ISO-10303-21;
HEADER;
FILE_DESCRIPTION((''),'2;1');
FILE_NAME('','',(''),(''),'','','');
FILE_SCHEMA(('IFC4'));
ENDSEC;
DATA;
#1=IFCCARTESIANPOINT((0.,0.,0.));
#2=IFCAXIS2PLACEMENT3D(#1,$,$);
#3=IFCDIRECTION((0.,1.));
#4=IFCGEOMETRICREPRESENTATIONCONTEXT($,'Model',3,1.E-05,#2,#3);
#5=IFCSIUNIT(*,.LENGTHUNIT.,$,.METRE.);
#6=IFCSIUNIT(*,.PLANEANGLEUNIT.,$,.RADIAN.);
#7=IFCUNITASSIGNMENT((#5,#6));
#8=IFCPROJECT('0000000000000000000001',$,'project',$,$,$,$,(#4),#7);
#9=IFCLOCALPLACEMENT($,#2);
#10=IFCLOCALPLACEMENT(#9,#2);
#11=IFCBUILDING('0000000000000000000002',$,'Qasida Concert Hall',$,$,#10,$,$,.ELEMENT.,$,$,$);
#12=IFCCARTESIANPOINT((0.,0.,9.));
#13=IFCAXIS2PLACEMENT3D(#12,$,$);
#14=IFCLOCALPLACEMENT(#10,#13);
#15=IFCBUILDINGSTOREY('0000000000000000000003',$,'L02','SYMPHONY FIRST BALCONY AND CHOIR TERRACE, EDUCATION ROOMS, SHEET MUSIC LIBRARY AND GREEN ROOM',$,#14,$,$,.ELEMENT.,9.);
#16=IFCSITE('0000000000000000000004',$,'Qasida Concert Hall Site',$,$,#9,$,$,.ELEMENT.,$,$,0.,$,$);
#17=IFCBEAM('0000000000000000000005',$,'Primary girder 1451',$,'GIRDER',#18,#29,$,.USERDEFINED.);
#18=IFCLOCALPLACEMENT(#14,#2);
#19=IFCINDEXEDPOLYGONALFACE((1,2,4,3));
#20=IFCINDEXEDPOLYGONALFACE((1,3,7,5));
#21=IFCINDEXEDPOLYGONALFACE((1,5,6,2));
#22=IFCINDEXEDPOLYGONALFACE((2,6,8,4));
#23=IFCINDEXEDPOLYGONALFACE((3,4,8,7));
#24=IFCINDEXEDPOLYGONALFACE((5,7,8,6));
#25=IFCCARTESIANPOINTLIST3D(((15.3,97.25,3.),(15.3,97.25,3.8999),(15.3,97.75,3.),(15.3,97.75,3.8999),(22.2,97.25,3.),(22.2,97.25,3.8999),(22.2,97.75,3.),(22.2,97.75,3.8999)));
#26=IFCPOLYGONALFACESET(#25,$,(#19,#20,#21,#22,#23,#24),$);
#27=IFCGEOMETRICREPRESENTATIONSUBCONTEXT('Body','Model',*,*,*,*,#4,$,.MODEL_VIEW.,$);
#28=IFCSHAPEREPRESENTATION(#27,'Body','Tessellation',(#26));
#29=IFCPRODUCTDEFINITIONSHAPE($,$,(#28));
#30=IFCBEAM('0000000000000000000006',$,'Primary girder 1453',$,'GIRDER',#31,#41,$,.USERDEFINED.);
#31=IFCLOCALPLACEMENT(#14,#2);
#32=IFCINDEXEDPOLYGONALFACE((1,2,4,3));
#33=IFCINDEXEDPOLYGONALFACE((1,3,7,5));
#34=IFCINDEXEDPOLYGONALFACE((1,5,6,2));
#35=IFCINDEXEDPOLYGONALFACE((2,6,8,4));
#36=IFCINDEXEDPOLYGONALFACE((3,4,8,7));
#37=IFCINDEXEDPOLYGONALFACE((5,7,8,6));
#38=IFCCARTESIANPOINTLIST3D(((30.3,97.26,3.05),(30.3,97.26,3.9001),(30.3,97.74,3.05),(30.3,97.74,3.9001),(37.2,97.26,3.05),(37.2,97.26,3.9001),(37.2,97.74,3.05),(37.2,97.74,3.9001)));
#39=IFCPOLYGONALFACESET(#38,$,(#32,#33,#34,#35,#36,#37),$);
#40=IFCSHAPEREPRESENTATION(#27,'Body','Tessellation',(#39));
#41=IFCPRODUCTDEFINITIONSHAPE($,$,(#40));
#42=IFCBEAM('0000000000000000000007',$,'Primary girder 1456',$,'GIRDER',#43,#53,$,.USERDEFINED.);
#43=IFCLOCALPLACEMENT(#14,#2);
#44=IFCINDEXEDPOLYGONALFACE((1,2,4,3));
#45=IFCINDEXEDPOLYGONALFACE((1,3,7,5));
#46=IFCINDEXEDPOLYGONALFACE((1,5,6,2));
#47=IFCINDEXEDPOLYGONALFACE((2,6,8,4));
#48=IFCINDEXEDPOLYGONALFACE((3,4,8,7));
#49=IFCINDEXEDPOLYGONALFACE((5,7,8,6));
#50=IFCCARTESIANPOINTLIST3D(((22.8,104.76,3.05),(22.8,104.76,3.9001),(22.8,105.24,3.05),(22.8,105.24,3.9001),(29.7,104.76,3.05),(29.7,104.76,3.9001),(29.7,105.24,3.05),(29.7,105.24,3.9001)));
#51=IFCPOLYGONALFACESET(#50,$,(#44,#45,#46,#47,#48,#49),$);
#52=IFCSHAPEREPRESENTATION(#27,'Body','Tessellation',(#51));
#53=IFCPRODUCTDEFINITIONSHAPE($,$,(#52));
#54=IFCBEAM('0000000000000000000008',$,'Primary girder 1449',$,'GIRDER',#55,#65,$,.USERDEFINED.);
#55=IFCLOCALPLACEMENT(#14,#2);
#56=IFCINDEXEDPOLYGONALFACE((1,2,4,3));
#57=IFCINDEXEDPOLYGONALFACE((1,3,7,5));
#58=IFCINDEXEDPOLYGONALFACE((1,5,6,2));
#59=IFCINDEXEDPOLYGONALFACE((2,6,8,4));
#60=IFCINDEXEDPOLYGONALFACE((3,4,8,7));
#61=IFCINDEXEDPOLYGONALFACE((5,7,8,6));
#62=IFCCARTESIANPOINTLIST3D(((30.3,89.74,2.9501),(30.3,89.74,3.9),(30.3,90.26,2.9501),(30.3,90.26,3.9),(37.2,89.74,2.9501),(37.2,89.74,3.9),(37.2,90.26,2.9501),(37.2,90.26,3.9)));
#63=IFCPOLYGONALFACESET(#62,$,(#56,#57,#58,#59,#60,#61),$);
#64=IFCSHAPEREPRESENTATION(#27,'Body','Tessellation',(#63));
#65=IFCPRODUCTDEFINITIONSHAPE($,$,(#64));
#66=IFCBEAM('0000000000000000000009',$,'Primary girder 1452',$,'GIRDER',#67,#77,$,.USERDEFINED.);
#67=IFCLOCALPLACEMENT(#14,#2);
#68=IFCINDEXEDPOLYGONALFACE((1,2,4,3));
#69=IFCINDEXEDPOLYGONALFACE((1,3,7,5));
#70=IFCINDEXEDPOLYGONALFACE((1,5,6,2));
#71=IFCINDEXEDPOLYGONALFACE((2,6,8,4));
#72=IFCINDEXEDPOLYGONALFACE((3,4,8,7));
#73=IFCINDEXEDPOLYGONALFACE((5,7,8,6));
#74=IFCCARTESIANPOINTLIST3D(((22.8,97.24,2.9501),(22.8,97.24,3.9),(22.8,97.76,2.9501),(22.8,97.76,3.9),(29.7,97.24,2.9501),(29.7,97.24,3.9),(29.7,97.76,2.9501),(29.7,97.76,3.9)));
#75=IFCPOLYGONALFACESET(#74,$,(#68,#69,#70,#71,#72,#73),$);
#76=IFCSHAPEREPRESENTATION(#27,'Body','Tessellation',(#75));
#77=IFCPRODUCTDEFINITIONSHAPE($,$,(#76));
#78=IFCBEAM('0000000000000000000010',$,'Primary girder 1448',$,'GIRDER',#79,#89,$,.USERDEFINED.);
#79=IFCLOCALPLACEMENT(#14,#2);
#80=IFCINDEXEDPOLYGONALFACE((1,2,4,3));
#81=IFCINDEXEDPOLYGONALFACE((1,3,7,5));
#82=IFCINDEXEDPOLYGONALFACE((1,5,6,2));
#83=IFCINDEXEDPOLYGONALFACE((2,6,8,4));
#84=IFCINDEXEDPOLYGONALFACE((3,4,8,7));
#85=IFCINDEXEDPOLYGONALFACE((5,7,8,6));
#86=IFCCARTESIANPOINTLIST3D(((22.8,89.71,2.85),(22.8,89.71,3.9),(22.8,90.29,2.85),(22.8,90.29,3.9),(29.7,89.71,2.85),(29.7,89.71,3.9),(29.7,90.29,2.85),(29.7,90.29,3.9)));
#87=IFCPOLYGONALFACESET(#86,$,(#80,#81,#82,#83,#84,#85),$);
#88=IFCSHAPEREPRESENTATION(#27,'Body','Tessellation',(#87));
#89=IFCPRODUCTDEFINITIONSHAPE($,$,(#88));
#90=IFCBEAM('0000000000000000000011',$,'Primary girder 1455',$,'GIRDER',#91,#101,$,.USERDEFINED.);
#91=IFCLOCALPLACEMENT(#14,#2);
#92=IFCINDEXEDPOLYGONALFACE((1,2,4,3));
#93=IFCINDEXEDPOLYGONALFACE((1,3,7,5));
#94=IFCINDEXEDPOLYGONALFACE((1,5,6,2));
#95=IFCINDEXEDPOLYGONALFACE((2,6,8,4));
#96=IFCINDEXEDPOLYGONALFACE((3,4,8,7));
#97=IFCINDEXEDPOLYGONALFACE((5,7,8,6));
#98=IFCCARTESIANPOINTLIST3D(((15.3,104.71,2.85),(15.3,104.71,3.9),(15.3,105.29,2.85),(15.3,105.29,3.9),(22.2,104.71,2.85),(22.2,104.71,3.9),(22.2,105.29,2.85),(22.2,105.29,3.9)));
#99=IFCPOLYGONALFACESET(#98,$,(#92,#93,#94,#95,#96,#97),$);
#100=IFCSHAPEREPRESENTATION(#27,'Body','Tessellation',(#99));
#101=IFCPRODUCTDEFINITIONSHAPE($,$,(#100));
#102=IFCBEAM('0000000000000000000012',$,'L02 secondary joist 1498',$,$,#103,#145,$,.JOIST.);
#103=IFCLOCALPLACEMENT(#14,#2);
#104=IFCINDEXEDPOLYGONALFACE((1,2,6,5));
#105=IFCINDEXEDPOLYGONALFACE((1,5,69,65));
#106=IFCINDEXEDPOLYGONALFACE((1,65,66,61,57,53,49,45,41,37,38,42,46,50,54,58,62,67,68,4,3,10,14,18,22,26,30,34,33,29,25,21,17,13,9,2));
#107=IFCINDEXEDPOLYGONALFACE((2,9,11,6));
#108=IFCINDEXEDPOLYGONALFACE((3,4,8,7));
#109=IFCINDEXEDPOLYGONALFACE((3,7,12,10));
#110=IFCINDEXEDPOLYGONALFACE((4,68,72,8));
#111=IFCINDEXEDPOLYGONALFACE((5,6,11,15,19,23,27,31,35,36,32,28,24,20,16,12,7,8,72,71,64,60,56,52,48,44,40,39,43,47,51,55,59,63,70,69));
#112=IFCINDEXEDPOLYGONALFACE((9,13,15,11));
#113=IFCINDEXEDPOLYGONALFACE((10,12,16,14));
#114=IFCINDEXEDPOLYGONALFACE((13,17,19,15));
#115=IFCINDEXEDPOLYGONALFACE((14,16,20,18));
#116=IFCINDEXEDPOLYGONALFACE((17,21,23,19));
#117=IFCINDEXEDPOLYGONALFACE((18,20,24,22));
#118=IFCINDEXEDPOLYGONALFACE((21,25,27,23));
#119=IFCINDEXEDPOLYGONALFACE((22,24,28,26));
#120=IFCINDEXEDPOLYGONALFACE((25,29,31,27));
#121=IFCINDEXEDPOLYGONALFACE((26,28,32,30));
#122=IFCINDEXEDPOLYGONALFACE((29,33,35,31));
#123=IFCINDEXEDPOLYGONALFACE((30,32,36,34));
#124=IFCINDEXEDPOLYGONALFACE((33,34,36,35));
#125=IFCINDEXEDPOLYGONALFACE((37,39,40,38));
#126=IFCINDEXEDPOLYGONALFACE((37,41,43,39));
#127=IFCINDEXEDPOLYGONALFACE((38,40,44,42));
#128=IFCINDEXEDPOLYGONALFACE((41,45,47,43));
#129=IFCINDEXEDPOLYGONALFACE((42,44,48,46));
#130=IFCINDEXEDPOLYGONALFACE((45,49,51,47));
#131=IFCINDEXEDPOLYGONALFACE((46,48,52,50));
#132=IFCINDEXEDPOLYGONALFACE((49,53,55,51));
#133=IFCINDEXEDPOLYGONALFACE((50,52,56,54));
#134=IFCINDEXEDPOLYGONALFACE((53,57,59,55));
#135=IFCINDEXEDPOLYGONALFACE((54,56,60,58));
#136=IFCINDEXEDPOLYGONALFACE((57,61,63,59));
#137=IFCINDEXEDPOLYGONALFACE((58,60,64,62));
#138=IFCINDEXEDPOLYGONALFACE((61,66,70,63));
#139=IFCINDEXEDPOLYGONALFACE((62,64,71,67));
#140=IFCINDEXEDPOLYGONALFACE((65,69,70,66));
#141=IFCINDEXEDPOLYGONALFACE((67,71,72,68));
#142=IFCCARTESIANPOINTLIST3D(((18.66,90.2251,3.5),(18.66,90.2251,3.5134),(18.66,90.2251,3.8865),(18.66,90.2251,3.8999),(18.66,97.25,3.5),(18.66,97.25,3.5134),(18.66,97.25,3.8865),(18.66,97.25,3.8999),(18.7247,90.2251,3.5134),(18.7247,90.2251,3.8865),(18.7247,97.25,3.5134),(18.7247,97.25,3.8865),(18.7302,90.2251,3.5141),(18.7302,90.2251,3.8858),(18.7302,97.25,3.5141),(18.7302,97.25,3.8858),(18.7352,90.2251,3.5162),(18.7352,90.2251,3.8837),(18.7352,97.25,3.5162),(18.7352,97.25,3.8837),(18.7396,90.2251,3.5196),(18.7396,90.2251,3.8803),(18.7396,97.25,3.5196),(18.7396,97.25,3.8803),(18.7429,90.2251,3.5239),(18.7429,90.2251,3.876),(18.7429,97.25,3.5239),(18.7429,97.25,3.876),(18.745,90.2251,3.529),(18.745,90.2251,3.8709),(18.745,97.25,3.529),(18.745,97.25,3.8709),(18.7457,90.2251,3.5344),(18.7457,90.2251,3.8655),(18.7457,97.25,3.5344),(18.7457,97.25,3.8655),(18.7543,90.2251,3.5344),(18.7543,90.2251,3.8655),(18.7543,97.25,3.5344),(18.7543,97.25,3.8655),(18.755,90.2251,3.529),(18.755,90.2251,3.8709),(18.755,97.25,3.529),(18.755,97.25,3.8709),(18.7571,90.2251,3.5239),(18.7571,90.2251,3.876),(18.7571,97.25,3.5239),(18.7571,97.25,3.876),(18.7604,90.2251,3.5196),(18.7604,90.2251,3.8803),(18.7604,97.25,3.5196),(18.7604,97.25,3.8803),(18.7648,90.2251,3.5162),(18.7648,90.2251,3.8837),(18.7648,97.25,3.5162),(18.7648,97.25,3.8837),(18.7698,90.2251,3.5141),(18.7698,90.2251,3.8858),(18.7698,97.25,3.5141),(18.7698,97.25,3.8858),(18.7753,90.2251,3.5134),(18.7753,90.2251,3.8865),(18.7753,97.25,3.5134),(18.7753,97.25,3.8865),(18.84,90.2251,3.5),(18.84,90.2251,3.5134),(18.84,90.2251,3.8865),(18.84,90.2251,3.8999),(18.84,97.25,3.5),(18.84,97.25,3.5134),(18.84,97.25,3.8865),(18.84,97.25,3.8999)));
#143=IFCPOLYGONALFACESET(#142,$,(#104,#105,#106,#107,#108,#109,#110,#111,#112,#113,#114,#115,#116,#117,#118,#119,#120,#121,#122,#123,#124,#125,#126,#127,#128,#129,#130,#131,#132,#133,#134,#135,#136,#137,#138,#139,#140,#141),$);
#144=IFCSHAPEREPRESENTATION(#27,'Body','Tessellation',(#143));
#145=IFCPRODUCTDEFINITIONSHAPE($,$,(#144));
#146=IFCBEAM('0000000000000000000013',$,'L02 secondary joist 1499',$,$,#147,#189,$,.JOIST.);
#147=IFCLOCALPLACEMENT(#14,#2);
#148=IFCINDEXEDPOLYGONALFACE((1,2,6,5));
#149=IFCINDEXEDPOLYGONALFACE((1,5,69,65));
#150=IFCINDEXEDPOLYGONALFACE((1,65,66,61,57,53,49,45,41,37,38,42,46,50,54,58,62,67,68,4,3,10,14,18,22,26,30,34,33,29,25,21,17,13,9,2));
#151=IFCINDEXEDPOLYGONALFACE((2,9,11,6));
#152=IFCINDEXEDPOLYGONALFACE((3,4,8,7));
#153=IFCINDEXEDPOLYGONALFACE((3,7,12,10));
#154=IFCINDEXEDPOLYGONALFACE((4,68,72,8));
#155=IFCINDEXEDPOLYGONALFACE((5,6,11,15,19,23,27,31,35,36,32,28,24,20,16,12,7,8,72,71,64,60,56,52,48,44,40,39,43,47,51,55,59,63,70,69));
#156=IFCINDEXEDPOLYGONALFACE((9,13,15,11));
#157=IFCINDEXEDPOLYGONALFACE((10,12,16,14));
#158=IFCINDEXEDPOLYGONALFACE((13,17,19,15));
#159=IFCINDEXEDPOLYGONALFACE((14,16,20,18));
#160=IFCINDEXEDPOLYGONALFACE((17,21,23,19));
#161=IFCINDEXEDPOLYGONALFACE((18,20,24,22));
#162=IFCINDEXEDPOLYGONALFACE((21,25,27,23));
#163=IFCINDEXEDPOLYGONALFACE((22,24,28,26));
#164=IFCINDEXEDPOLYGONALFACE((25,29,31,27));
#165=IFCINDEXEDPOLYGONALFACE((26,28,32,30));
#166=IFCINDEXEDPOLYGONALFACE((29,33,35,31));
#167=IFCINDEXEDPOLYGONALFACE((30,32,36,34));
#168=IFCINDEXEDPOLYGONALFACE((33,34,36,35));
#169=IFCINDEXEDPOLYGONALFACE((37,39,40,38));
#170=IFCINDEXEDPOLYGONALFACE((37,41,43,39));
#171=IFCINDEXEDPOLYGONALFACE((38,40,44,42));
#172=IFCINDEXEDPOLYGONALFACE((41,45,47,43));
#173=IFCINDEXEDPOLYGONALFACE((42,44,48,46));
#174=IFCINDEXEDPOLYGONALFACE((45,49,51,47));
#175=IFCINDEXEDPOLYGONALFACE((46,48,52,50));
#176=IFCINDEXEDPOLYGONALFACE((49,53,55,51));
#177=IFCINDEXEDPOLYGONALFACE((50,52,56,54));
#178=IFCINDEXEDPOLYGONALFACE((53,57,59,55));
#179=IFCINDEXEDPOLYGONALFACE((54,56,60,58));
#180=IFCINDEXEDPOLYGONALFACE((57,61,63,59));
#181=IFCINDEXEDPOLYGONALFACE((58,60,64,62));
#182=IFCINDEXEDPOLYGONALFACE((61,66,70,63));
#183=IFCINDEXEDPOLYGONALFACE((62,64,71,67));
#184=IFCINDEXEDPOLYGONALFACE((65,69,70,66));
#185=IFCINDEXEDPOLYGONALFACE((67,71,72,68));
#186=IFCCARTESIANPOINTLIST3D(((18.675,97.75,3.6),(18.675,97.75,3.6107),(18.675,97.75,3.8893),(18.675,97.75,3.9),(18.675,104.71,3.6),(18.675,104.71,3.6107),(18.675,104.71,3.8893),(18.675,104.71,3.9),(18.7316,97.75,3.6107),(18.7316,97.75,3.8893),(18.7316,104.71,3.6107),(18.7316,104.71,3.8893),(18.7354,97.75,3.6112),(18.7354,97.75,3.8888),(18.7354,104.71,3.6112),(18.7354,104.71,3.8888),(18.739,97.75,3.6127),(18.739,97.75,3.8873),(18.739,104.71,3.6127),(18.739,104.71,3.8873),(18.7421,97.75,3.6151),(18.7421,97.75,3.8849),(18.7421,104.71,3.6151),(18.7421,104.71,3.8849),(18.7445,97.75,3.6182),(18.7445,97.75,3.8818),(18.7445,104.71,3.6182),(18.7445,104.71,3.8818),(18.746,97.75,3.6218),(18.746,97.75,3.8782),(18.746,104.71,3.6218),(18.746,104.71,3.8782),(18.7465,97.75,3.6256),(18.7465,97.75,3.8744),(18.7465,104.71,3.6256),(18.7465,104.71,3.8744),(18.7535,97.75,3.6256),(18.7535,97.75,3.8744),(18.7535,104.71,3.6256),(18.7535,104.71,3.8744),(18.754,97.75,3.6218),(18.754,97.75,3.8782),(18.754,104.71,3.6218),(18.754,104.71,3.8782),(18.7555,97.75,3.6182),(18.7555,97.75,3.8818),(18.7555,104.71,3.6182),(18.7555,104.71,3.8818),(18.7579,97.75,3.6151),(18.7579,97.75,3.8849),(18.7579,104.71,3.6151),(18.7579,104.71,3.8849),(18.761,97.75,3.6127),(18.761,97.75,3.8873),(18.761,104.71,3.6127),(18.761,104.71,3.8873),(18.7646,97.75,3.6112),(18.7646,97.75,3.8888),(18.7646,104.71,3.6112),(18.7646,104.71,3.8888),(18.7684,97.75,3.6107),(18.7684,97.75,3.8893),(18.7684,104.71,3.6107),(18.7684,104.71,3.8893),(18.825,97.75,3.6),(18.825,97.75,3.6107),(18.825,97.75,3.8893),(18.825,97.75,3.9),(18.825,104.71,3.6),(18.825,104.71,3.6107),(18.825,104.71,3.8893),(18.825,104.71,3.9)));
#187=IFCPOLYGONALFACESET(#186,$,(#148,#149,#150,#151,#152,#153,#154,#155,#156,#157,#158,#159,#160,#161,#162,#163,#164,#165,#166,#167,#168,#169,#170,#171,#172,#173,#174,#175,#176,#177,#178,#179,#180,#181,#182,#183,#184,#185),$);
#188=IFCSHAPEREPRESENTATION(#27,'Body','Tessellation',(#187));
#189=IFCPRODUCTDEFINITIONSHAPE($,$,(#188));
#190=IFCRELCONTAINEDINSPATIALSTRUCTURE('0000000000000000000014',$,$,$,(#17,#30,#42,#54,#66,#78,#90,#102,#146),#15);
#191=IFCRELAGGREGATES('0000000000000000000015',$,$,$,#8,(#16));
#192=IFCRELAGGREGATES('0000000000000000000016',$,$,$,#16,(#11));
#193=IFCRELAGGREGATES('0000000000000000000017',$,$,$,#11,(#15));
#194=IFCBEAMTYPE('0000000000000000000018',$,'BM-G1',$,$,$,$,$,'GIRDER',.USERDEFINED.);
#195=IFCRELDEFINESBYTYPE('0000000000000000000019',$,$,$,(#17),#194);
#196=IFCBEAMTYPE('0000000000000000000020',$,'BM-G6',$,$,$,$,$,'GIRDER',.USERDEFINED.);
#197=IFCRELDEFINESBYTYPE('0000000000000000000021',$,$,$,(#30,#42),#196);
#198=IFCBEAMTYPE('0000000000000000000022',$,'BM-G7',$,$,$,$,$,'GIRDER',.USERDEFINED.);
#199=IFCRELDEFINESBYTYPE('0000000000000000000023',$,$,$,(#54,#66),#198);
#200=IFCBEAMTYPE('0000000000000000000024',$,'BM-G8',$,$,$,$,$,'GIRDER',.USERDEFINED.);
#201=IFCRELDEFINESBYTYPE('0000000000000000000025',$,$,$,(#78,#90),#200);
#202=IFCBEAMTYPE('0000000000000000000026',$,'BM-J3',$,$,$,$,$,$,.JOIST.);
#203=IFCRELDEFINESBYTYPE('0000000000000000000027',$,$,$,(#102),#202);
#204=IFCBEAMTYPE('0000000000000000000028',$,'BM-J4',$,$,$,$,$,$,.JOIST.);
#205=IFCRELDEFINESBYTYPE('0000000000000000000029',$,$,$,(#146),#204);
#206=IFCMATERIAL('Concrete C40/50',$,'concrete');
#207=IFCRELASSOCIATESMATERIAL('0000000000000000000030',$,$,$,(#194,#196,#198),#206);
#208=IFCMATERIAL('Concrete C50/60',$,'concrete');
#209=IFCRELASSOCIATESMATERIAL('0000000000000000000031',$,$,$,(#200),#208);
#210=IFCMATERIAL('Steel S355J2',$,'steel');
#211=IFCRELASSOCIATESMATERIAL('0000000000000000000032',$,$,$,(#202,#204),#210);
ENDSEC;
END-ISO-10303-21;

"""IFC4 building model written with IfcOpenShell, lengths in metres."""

from ifc_helpers import new_model, si_unit, direction, frame, origin, origin_2d, place, context, subcontext, project, spatial, rectangle, i_section, extrude, material, material_profile, profile_set, type_object, element, save


model = new_model("IFC4")

# Units and contexts
model_context = context("Model", 3, precision=1e-05, world=origin(), true_north=direction((0.0, 1.0)))
body_context = subcontext(model_context, "Body", "Model", "MODEL_VIEW")
ifc_project = project(units=[si_unit("LENGTHUNIT", "METRE"), si_unit("PLANEANGLEUNIT", "RADIAN")], contexts=[model_context])

# Site, building, storey
site_placement = place(None, origin())
site = spatial("IfcSite", under=ifc_project, at=site_placement, Name="Qasida Concert Hall Site", CompositionType="ELEMENT", RefElevation=0.0)
building_placement = place(site_placement, origin())
building = spatial("IfcBuilding", under=site, at=building_placement, Name="Qasida Concert Hall", CompositionType="ELEMENT")
storey_placement = place(building_placement, frame((0.0, 0.0, 9.0)))
storey = spatial("IfcBuildingStorey", under=building, at=storey_placement, Name="L02", Description="SYMPHONY FIRST BALCONY AND CHOIR TERRACE, EDUCATION ROOMS, SHEET MUSIC LIBRARY AND GREEN ROOM", CompositionType="ELEMENT", Elevation=9.0)

# Shared definitions
ifc_material_1 = material(Name="Concrete C50/60", Category="concrete")

# Beams
ifc_material_2 = material(Name="Concrete C40/50", Category="concrete")
ifc_material_3 = material(Name="Steel S355J2", Category="steel")
ifc_material_profile_1 = material_profile(ifc_material_2, rectangle(XDim=0.5, YDim=0.8999, at=origin_2d()), Name="RC 500x900")
ifc_profile_set_1 = profile_set([ifc_material_profile_1], Name="Concrete C40/50")
beam_type_1 = type_object("IfcBeamType", Name="BM-G1", ElementType="GIRDER", PredefinedType="USERDEFINED", material=ifc_profile_set_1)
beam_1_placement = place(storey_placement, frame((15.3, 97.5, 3.45), z_axis=(1.0, 0.0, 0.0), x_axis=(0.0, 1.0, 0.0)))
element("IfcBeam", 1, at=beam_1_placement, inside=storey, type_object=beam_type_1, Name="Primary girder 1451", ObjectType="GIRDER", PredefinedType="USERDEFINED", context=body_context, shape_type="SweptSolid", body=[
    extrude(rectangle(XDim=0.5, YDim=0.8999, at=origin_2d()), origin(), (0.0, 0.0, 1.0), 6.8999),
])
ifc_material_profile_2 = material_profile(ifc_material_2, rectangle(XDim=0.48, YDim=0.8501, at=origin_2d()), Name="RC 480x850")
ifc_profile_set_2 = profile_set([ifc_material_profile_2], Name="Concrete C40/50")
beam_type_2 = type_object("IfcBeamType", Name="BM-G6", ElementType="GIRDER", PredefinedType="USERDEFINED", material=ifc_profile_set_2)
for number, where, z_axis, x_axis, name in (
    (2, (30.3, 97.5, 3.4751), (1.0, 0.0, 0.0), (0.0, 1.0, 0.0), "Primary girder 1453"),
    (3, (22.8, 105.0, 3.4751), (1.0, 0.0, 0.0), (0.0, 1.0, 0.0), "Primary girder 1456"),
):
    element("IfcBeam", number, at=place(storey_placement, frame(where, z_axis=z_axis, x_axis=x_axis)), inside=storey, type_object=beam_type_2, Name=name, ObjectType="GIRDER", PredefinedType="USERDEFINED", context=body_context, shape_type="SweptSolid", body=[
        extrude(rectangle(XDim=0.48, YDim=0.8501, at=origin_2d()), origin(), (0.0, 0.0, 1.0), 6.8999),
    ])
ifc_material_profile_3 = material_profile(ifc_material_2, rectangle(XDim=0.52, YDim=0.95, at=origin_2d()), Name="RC 520x950")
ifc_profile_set_3 = profile_set([ifc_material_profile_3], Name="Concrete C40/50")
beam_type_3 = type_object("IfcBeamType", Name="BM-G7", ElementType="GIRDER", PredefinedType="USERDEFINED", material=ifc_profile_set_3)
for number, where, z_axis, x_axis, name in (
    (4, (30.3, 90.0, 3.425), (1.0, 0.0, 0.0), (0.0, 1.0, 0.0), "Primary girder 1449"),
    (5, (22.8, 97.5, 3.425), (1.0, 0.0, 0.0), (0.0, 1.0, 0.0), "Primary girder 1452"),
):
    element("IfcBeam", number, at=place(storey_placement, frame(where, z_axis=z_axis, x_axis=x_axis)), inside=storey, type_object=beam_type_3, Name=name, ObjectType="GIRDER", PredefinedType="USERDEFINED", context=body_context, shape_type="SweptSolid", body=[
        extrude(rectangle(XDim=0.52, YDim=0.95, at=origin_2d()), origin(), (0.0, 0.0, 1.0), 6.8999),
    ])
ifc_material_profile_4 = material_profile(ifc_material_1, rectangle(XDim=0.5801, YDim=1.05, at=origin_2d()), Name="RC 580x1050")
ifc_profile_set_4 = profile_set([ifc_material_profile_4], Name="Concrete C50/60")
beam_type_4 = type_object("IfcBeamType", Name="BM-G8", ElementType="GIRDER", PredefinedType="USERDEFINED", material=ifc_profile_set_4)
for number, where, z_axis, x_axis, name in (
    (6, (22.8, 90.0, 3.375), (1.0, 0.0, 0.0), (0.0, 1.0, 0.0), "Primary girder 1448"),
    (7, (15.3, 105.0, 3.375), (1.0, 0.0, 0.0), (0.0, 1.0, 0.0), "Primary girder 1455"),
):
    element("IfcBeam", number, at=place(storey_placement, frame(where, z_axis=z_axis, x_axis=x_axis)), inside=storey, type_object=beam_type_4, Name=name, ObjectType="GIRDER", PredefinedType="USERDEFINED", context=body_context, shape_type="SweptSolid", body=[
        extrude(rectangle(XDim=0.5801, YDim=1.05, at=origin_2d()), origin(), (0.0, 0.0, 1.0), 6.8999),
    ])
ifc_material_profile_5 = material_profile(ifc_material_3, i_section(OverallWidth=0.1799, OverallDepth=0.3999, WebThickness=0.0085, FlangeThickness=0.0134, FilletRadius=0.021, at=origin_2d()), Name="IPE 400")
ifc_profile_set_5 = profile_set([ifc_material_profile_5], Name="Steel S355J2")
beam_type_5 = type_object("IfcBeamType", Name="BM-J3", PredefinedType="JOIST", material=ifc_profile_set_5)
beam_2_placement = place(storey_placement, frame((18.75, 90.2251, 3.7), z_axis=(0.0, 1.0, 0.0), x_axis=(-1.0, 0.0, 0.0)))
element("IfcBeam", 8, at=beam_2_placement, inside=storey, type_object=beam_type_5, Name="L02 secondary joist 1498", PredefinedType="JOIST", context=body_context, shape_type="SweptSolid", body=[
    extrude(i_section(OverallWidth=0.1799, OverallDepth=0.3999, WebThickness=0.0085, FlangeThickness=0.0134, FilletRadius=0.021, at=origin_2d()), origin(), (0.0, 0.0, 1.0), 7.0249),
])
ifc_material_profile_6 = material_profile(ifc_material_3, i_section(OverallWidth=0.1499, OverallDepth=0.3, WebThickness=0.0071, FlangeThickness=0.0107, FilletRadius=0.0149, at=origin_2d()), Name="IPE 300")
ifc_profile_set_6 = profile_set([ifc_material_profile_6], Name="Steel S355J2")
beam_type_6 = type_object("IfcBeamType", Name="BM-J4", PredefinedType="JOIST", material=ifc_profile_set_6)
beam_3_placement = place(storey_placement, frame((18.75, 97.75, 3.75), z_axis=(0.0, 1.0, 0.0), x_axis=(-1.0, 0.0, 0.0)))
element("IfcBeam", 9, at=beam_3_placement, inside=storey, type_object=beam_type_6, Name="L02 secondary joist 1499", PredefinedType="JOIST", context=body_context, shape_type="SweptSolid", body=[
    extrude(i_section(OverallWidth=0.1499, OverallDepth=0.3, WebThickness=0.0071, FlangeThickness=0.0107, FilletRadius=0.0149, at=origin_2d()), origin(), (0.0, 0.0, 1.0), 6.96),
])

save(model, "model.ifc")
